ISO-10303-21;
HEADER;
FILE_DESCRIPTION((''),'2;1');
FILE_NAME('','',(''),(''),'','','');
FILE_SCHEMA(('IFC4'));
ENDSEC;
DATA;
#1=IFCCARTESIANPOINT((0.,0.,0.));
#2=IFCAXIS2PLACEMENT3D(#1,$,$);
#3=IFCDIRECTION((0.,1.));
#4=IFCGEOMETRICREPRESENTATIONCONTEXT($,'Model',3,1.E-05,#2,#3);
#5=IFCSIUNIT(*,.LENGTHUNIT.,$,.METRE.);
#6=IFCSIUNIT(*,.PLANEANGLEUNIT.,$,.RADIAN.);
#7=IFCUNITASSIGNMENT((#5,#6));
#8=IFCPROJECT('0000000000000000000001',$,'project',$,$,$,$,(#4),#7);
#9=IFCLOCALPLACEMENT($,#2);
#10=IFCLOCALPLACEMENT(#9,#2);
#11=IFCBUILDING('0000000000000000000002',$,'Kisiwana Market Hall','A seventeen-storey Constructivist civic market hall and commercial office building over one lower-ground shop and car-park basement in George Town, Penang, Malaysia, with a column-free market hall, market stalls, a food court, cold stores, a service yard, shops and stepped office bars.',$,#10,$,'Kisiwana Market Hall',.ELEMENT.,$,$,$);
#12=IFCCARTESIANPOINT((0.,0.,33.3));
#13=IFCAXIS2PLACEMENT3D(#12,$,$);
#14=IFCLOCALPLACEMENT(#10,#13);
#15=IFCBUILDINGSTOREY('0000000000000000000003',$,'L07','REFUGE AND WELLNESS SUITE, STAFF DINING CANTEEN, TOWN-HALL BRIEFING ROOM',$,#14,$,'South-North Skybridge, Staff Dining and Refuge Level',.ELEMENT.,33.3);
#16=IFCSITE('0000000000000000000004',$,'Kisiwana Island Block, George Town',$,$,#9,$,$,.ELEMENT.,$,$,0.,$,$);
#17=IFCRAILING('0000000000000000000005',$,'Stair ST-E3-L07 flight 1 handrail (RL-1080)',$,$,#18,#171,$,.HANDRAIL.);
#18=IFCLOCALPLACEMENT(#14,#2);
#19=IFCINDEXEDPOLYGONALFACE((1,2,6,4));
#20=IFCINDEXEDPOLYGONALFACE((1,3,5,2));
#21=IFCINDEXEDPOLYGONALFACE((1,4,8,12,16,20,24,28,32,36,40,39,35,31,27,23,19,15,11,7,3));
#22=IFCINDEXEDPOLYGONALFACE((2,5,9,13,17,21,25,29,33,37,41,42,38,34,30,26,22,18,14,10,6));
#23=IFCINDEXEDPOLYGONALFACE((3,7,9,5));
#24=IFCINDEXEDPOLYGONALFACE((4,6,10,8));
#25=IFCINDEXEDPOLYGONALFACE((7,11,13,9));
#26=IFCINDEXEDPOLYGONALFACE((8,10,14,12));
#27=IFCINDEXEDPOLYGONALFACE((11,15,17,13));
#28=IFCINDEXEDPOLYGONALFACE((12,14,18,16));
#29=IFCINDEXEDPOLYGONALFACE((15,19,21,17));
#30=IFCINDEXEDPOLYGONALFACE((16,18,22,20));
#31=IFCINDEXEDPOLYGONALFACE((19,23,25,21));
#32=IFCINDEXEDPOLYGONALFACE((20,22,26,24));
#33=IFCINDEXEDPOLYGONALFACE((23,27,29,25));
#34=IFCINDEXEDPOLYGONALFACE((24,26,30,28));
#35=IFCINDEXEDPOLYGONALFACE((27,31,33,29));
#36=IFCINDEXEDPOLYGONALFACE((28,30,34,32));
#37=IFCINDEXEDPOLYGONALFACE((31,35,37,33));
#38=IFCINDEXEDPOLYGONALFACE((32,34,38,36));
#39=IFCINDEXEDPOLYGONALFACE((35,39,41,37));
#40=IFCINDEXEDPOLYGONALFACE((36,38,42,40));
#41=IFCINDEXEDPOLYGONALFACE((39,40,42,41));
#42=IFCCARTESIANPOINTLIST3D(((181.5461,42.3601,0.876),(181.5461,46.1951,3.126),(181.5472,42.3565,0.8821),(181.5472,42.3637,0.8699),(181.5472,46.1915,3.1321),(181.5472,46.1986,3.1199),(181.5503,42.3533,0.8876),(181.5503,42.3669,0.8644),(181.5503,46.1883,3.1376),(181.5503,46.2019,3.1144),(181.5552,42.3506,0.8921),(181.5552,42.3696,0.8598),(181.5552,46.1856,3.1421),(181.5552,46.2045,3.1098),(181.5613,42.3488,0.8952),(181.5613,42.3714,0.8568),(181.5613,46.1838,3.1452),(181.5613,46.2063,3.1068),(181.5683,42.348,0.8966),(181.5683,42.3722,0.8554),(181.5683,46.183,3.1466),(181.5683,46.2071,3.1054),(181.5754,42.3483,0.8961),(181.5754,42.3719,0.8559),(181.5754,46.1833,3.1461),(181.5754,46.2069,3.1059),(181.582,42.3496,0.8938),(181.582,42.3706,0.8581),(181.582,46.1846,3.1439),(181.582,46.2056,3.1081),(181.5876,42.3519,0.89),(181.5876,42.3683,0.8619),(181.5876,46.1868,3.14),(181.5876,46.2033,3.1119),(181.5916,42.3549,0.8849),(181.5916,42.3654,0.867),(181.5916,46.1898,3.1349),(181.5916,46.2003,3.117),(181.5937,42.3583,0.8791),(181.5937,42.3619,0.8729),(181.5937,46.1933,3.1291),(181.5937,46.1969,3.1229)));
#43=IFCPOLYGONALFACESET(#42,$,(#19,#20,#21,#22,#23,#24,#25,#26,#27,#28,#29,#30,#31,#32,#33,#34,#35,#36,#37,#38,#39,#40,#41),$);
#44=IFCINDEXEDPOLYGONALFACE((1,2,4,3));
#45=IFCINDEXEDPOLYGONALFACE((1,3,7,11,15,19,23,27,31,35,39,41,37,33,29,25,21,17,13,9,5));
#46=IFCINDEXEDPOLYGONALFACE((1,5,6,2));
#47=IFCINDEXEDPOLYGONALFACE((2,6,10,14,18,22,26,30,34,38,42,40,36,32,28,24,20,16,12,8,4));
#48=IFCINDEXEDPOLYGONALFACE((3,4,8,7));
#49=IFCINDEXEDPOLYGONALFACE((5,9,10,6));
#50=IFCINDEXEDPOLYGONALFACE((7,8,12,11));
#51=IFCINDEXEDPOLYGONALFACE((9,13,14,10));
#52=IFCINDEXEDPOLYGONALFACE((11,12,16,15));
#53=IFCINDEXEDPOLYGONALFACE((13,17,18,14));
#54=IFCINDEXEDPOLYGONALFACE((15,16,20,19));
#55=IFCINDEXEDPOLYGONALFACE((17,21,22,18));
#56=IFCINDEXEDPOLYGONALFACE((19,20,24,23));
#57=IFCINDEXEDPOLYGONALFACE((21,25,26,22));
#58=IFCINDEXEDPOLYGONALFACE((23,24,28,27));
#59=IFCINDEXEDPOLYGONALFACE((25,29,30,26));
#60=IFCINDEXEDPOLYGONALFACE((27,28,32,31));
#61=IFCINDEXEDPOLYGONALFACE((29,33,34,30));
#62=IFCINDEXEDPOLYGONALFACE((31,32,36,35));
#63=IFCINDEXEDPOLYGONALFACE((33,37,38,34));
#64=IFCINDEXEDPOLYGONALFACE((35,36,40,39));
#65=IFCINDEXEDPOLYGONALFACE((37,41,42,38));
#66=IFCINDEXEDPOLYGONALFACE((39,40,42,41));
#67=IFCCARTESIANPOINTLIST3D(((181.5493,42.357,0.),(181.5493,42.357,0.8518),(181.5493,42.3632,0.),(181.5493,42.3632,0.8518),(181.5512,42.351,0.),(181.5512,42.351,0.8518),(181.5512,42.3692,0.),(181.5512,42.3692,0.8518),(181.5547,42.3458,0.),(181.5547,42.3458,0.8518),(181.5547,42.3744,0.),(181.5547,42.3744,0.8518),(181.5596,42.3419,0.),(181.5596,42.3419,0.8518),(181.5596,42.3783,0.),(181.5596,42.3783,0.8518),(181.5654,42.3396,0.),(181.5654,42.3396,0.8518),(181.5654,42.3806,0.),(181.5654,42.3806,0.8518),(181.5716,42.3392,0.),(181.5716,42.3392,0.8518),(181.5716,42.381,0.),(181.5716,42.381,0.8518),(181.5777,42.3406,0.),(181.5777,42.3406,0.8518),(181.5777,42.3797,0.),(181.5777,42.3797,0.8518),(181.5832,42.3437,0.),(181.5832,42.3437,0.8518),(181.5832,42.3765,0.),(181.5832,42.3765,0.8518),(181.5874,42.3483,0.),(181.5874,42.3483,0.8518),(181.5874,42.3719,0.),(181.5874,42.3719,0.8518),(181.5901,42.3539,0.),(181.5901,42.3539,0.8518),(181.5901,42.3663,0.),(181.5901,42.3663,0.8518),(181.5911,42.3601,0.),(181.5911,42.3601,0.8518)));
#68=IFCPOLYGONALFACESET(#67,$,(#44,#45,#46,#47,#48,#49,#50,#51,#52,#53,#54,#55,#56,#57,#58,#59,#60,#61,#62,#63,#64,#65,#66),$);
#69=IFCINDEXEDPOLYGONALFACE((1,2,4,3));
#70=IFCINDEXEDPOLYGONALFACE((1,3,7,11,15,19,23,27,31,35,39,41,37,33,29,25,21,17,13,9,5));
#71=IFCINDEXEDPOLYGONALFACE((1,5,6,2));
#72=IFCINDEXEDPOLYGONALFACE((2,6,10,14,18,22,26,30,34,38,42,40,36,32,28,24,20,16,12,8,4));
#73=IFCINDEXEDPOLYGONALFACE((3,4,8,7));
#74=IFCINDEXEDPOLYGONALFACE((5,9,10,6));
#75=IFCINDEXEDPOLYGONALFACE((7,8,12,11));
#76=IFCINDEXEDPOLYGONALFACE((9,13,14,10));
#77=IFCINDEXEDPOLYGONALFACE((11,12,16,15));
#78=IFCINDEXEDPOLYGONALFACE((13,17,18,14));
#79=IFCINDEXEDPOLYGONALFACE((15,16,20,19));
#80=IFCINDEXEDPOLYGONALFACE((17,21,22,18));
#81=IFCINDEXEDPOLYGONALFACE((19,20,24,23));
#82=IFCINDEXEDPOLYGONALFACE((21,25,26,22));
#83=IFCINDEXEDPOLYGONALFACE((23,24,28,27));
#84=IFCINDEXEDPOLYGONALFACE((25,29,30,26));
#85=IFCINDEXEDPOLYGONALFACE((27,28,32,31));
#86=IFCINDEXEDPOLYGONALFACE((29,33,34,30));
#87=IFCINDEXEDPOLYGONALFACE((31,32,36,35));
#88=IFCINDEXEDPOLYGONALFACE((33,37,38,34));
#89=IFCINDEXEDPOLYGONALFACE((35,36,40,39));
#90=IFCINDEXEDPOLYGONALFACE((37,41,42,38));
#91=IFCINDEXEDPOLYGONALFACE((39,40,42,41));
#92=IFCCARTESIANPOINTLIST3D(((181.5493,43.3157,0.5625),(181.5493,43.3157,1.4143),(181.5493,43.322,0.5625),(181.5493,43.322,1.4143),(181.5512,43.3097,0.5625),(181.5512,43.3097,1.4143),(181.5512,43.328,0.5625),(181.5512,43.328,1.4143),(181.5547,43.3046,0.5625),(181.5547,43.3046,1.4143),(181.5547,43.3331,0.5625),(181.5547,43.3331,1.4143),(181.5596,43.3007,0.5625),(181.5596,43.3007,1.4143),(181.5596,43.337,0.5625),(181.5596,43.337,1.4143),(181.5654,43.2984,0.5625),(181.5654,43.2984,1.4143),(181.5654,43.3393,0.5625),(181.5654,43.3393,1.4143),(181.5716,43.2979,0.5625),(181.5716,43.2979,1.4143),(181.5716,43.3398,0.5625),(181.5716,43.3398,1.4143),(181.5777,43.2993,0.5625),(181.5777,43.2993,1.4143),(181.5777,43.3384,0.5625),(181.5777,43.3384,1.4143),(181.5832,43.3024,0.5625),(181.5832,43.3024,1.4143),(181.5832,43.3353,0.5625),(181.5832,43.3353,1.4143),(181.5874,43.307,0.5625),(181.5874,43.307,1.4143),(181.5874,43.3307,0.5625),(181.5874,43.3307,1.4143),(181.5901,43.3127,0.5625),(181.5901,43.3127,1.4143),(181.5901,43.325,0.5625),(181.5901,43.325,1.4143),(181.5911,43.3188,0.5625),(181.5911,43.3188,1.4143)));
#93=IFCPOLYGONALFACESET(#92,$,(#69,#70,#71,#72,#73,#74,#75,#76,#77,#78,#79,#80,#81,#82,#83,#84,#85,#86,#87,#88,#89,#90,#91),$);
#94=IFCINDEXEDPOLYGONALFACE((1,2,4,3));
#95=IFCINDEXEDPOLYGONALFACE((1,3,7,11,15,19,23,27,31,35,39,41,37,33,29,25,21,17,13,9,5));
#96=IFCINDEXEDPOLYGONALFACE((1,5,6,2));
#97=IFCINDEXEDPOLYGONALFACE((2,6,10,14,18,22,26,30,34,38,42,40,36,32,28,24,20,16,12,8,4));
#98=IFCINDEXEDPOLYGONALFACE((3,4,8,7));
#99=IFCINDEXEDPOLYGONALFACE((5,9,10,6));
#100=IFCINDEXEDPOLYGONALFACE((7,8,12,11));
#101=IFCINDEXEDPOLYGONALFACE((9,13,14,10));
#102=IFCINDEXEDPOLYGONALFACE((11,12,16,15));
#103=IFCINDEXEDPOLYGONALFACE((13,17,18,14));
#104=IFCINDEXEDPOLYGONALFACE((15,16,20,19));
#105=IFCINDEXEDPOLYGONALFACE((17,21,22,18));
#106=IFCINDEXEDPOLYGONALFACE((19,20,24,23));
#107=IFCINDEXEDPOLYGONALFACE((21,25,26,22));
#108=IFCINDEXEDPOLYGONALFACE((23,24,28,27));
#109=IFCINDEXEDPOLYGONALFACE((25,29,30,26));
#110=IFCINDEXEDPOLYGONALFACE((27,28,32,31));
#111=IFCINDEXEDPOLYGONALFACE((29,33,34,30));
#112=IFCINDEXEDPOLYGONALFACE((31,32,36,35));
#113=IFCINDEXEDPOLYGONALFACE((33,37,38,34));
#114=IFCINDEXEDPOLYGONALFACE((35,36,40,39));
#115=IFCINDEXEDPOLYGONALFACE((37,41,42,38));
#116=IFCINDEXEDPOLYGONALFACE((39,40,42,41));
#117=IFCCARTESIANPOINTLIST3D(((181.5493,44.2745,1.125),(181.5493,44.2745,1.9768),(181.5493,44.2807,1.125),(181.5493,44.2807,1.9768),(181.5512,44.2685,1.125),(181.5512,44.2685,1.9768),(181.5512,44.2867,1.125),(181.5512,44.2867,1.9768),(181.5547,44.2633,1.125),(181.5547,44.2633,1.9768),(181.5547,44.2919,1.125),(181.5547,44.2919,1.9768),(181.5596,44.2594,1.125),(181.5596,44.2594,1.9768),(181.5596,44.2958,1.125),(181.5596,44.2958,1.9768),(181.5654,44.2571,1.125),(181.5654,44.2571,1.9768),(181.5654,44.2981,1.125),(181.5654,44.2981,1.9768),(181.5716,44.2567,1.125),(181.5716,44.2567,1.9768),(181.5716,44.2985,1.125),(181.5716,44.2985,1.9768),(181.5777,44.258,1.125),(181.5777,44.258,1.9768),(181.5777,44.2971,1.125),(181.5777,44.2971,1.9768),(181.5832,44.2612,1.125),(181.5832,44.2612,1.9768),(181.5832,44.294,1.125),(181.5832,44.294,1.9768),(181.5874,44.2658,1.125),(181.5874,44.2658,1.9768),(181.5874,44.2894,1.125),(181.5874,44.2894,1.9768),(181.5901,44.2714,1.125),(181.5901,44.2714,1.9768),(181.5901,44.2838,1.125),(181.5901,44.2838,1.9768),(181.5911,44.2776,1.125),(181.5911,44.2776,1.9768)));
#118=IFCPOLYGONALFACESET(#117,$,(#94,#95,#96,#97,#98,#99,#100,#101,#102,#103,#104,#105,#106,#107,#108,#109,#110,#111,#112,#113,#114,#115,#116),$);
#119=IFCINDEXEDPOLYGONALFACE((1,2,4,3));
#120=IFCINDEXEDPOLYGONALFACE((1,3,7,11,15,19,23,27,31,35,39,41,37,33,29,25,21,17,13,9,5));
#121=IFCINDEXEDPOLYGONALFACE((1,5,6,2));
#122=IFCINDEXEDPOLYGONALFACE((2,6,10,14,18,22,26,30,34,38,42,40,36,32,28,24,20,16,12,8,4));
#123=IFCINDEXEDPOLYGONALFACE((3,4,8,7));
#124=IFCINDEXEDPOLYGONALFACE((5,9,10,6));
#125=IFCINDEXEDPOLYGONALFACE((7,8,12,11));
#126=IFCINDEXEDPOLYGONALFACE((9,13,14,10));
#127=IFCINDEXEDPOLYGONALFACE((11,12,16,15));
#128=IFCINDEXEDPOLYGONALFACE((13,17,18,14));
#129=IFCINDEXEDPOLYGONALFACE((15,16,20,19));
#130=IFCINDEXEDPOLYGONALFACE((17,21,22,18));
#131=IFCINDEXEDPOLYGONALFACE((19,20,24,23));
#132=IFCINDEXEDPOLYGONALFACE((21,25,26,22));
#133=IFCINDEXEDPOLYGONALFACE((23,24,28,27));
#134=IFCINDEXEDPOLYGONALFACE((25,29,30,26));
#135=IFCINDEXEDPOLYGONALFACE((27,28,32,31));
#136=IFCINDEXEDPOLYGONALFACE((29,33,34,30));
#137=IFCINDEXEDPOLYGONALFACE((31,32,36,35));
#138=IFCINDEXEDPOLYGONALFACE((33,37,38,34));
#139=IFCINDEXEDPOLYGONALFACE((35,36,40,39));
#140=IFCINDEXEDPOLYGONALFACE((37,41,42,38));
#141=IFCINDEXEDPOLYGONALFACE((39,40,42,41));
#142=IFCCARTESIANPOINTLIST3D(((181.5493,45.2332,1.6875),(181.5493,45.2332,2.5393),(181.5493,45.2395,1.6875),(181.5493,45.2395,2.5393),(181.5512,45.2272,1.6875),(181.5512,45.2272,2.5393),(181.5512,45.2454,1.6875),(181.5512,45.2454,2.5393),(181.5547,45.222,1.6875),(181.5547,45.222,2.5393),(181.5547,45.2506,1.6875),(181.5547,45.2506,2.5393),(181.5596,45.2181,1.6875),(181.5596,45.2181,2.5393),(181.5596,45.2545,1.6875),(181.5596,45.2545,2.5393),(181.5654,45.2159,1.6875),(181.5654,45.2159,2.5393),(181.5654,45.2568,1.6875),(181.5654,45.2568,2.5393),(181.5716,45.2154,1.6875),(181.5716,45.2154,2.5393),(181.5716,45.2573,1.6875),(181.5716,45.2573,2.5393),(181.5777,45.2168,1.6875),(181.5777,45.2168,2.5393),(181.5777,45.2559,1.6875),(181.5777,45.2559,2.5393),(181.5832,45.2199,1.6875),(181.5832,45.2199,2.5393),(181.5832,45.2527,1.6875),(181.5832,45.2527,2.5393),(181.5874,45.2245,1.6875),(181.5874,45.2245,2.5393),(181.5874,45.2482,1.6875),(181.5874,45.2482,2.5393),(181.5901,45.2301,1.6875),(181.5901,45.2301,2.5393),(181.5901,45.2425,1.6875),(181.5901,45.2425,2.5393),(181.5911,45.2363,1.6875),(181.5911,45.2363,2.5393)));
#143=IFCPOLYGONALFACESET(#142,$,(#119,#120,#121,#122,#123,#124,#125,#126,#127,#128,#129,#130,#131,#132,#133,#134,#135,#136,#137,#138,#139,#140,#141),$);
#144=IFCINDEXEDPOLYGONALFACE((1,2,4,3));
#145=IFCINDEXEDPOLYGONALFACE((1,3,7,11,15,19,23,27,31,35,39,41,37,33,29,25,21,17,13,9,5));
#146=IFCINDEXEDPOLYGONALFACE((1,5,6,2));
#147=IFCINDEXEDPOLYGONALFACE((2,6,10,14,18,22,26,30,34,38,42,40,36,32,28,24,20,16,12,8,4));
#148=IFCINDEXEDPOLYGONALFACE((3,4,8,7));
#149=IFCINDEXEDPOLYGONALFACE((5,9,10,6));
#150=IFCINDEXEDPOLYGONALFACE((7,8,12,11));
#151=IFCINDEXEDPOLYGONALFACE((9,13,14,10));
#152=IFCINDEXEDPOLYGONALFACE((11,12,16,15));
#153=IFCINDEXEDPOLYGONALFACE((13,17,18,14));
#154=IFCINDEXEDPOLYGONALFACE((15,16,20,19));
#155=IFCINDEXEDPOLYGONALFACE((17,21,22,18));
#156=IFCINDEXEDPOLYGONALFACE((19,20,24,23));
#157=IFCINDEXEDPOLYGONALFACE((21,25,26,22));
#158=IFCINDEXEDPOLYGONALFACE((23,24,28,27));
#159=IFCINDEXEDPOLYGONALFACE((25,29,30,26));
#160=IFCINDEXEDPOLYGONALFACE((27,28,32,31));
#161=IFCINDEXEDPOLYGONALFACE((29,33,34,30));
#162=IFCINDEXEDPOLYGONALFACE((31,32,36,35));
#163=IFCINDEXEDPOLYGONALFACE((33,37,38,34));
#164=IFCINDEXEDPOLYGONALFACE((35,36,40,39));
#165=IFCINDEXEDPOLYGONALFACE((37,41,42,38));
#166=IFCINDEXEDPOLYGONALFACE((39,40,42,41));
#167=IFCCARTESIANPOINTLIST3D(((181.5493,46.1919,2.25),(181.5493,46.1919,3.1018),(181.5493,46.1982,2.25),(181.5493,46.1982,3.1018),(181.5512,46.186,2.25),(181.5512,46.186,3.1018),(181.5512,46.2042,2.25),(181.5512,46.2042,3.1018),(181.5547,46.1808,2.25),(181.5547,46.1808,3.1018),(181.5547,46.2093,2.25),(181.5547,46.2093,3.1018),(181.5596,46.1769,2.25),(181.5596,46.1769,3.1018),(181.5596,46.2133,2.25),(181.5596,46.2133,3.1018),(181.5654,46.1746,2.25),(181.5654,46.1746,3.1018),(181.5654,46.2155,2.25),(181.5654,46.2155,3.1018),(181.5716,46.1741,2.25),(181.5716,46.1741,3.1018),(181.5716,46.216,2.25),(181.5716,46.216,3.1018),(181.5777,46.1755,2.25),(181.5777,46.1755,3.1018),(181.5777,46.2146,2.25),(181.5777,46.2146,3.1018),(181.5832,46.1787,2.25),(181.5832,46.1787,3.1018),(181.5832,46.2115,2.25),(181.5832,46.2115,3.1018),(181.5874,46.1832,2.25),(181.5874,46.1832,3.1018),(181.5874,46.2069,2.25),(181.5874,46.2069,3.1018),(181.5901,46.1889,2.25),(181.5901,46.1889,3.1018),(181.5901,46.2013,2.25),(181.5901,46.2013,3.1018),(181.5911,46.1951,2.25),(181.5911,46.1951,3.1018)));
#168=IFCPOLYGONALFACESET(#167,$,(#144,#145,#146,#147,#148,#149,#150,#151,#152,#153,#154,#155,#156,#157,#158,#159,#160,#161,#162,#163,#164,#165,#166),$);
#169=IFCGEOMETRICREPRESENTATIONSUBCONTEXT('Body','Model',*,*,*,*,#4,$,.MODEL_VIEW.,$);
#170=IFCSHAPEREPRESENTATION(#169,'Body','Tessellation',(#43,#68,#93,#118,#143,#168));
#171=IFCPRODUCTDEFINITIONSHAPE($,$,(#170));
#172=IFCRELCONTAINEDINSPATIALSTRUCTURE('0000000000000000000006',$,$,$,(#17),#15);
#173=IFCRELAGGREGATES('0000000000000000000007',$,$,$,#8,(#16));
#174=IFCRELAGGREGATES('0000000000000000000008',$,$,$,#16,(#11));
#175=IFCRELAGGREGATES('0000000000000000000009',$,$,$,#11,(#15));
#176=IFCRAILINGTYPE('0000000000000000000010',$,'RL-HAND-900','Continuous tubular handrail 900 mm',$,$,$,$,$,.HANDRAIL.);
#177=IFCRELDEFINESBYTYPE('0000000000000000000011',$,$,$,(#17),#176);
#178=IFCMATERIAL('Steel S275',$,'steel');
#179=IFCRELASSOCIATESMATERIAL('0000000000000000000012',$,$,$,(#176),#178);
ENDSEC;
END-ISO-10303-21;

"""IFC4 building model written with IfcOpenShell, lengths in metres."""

from ifc_helpers import new_model, si_unit, direction, frame, origin, origin_2d, place, context, subcontext, project, spatial, circle, extrude, material, type_object, element, save


model = new_model("IFC4")

# Units and contexts
model_context = context("Model", 3, precision=1e-05, world=origin(), true_north=direction((0.0, 1.0)))
body_context = subcontext(model_context, "Body", "Model", "MODEL_VIEW")
ifc_project = project(units=[si_unit("LENGTHUNIT", "METRE"), si_unit("PLANEANGLEUNIT", "RADIAN")], contexts=[model_context])

# Site, building, storey
site_placement = place(None, origin())
site = spatial("IfcSite", under=ifc_project, at=site_placement, Name="Kisiwana Island Block, George Town", CompositionType="ELEMENT", RefElevation=0.0)
building_placement = place(site_placement, origin())
building = spatial("IfcBuilding", under=site, at=building_placement, Name="Kisiwana Market Hall", Description="A seventeen-storey Constructivist civic market hall and commercial office building over one lower-ground shop and car-park basement in George Town, Penang, Malaysia, with a column-free market hall, market stalls, a food court, cold stores, a service yard, shops and stepped office bars.", LongName="Kisiwana Market Hall", CompositionType="ELEMENT")
storey_placement = place(building_placement, frame((0.0, 0.0, 33.3)))
storey = spatial("IfcBuildingStorey", under=building, at=storey_placement, Name="L07", Description="REFUGE AND WELLNESS SUITE, STAFF DINING CANTEEN, TOWN-HALL BRIEFING ROOM", LongName="South-North Skybridge, Staff Dining and Refuge Level", CompositionType="ELEMENT", Elevation=33.3)

# Railing
ifc_material_1 = material(Name="Steel S275", Category="steel")
railing_type_1 = type_object("IfcRailingType", Name="RL-HAND-900", Description="Continuous tubular handrail 900 mm", PredefinedType="HANDRAIL", material=ifc_material_1)
railing_1_placement = place(storey_placement, frame((181.5701, 42.3601, 0.0)))
element("IfcRailing", 1, at=railing_1_placement, inside=storey, type_object=railing_type_1, Name="Stair ST-E3-L07 flight 1 handrail (RL-1080)", PredefinedType="HANDRAIL", context=body_context, shape_type="SweptSolid", body=[
    extrude(circle(Radius=0.0239, at=origin_2d()), frame((0.0, 0.0, 0.876), z_axis=(0.0, 0.86251, 0.506041), x_axis=(-1.0, 0.0, 0.0)), (0.0, 0.0, 1.0), 4.4463),
    extrude(circle(Radius=0.021, at=origin_2d()), origin(), (0.0, 0.0, 1.0), 0.8518),
    extrude(circle(Radius=0.021, at=origin_2d()), frame((0.0, 0.9587, 0.5625)), (0.0, 0.0, 1.0), 0.8518),
    extrude(circle(Radius=0.021, at=origin_2d()), frame((0.0, 1.9175, 1.125)), (0.0, 0.0, 1.0), 0.8518),
    extrude(circle(Radius=0.021, at=origin_2d()), frame((0.0, 2.8762, 1.6875)), (0.0, 0.0, 1.0), 0.8518),
    extrude(circle(Radius=0.021, at=origin_2d()), frame((0.0, 3.835, 2.25)), (0.0, 0.0, 1.0), 0.8518),
])

save(model, "model.ifc")
